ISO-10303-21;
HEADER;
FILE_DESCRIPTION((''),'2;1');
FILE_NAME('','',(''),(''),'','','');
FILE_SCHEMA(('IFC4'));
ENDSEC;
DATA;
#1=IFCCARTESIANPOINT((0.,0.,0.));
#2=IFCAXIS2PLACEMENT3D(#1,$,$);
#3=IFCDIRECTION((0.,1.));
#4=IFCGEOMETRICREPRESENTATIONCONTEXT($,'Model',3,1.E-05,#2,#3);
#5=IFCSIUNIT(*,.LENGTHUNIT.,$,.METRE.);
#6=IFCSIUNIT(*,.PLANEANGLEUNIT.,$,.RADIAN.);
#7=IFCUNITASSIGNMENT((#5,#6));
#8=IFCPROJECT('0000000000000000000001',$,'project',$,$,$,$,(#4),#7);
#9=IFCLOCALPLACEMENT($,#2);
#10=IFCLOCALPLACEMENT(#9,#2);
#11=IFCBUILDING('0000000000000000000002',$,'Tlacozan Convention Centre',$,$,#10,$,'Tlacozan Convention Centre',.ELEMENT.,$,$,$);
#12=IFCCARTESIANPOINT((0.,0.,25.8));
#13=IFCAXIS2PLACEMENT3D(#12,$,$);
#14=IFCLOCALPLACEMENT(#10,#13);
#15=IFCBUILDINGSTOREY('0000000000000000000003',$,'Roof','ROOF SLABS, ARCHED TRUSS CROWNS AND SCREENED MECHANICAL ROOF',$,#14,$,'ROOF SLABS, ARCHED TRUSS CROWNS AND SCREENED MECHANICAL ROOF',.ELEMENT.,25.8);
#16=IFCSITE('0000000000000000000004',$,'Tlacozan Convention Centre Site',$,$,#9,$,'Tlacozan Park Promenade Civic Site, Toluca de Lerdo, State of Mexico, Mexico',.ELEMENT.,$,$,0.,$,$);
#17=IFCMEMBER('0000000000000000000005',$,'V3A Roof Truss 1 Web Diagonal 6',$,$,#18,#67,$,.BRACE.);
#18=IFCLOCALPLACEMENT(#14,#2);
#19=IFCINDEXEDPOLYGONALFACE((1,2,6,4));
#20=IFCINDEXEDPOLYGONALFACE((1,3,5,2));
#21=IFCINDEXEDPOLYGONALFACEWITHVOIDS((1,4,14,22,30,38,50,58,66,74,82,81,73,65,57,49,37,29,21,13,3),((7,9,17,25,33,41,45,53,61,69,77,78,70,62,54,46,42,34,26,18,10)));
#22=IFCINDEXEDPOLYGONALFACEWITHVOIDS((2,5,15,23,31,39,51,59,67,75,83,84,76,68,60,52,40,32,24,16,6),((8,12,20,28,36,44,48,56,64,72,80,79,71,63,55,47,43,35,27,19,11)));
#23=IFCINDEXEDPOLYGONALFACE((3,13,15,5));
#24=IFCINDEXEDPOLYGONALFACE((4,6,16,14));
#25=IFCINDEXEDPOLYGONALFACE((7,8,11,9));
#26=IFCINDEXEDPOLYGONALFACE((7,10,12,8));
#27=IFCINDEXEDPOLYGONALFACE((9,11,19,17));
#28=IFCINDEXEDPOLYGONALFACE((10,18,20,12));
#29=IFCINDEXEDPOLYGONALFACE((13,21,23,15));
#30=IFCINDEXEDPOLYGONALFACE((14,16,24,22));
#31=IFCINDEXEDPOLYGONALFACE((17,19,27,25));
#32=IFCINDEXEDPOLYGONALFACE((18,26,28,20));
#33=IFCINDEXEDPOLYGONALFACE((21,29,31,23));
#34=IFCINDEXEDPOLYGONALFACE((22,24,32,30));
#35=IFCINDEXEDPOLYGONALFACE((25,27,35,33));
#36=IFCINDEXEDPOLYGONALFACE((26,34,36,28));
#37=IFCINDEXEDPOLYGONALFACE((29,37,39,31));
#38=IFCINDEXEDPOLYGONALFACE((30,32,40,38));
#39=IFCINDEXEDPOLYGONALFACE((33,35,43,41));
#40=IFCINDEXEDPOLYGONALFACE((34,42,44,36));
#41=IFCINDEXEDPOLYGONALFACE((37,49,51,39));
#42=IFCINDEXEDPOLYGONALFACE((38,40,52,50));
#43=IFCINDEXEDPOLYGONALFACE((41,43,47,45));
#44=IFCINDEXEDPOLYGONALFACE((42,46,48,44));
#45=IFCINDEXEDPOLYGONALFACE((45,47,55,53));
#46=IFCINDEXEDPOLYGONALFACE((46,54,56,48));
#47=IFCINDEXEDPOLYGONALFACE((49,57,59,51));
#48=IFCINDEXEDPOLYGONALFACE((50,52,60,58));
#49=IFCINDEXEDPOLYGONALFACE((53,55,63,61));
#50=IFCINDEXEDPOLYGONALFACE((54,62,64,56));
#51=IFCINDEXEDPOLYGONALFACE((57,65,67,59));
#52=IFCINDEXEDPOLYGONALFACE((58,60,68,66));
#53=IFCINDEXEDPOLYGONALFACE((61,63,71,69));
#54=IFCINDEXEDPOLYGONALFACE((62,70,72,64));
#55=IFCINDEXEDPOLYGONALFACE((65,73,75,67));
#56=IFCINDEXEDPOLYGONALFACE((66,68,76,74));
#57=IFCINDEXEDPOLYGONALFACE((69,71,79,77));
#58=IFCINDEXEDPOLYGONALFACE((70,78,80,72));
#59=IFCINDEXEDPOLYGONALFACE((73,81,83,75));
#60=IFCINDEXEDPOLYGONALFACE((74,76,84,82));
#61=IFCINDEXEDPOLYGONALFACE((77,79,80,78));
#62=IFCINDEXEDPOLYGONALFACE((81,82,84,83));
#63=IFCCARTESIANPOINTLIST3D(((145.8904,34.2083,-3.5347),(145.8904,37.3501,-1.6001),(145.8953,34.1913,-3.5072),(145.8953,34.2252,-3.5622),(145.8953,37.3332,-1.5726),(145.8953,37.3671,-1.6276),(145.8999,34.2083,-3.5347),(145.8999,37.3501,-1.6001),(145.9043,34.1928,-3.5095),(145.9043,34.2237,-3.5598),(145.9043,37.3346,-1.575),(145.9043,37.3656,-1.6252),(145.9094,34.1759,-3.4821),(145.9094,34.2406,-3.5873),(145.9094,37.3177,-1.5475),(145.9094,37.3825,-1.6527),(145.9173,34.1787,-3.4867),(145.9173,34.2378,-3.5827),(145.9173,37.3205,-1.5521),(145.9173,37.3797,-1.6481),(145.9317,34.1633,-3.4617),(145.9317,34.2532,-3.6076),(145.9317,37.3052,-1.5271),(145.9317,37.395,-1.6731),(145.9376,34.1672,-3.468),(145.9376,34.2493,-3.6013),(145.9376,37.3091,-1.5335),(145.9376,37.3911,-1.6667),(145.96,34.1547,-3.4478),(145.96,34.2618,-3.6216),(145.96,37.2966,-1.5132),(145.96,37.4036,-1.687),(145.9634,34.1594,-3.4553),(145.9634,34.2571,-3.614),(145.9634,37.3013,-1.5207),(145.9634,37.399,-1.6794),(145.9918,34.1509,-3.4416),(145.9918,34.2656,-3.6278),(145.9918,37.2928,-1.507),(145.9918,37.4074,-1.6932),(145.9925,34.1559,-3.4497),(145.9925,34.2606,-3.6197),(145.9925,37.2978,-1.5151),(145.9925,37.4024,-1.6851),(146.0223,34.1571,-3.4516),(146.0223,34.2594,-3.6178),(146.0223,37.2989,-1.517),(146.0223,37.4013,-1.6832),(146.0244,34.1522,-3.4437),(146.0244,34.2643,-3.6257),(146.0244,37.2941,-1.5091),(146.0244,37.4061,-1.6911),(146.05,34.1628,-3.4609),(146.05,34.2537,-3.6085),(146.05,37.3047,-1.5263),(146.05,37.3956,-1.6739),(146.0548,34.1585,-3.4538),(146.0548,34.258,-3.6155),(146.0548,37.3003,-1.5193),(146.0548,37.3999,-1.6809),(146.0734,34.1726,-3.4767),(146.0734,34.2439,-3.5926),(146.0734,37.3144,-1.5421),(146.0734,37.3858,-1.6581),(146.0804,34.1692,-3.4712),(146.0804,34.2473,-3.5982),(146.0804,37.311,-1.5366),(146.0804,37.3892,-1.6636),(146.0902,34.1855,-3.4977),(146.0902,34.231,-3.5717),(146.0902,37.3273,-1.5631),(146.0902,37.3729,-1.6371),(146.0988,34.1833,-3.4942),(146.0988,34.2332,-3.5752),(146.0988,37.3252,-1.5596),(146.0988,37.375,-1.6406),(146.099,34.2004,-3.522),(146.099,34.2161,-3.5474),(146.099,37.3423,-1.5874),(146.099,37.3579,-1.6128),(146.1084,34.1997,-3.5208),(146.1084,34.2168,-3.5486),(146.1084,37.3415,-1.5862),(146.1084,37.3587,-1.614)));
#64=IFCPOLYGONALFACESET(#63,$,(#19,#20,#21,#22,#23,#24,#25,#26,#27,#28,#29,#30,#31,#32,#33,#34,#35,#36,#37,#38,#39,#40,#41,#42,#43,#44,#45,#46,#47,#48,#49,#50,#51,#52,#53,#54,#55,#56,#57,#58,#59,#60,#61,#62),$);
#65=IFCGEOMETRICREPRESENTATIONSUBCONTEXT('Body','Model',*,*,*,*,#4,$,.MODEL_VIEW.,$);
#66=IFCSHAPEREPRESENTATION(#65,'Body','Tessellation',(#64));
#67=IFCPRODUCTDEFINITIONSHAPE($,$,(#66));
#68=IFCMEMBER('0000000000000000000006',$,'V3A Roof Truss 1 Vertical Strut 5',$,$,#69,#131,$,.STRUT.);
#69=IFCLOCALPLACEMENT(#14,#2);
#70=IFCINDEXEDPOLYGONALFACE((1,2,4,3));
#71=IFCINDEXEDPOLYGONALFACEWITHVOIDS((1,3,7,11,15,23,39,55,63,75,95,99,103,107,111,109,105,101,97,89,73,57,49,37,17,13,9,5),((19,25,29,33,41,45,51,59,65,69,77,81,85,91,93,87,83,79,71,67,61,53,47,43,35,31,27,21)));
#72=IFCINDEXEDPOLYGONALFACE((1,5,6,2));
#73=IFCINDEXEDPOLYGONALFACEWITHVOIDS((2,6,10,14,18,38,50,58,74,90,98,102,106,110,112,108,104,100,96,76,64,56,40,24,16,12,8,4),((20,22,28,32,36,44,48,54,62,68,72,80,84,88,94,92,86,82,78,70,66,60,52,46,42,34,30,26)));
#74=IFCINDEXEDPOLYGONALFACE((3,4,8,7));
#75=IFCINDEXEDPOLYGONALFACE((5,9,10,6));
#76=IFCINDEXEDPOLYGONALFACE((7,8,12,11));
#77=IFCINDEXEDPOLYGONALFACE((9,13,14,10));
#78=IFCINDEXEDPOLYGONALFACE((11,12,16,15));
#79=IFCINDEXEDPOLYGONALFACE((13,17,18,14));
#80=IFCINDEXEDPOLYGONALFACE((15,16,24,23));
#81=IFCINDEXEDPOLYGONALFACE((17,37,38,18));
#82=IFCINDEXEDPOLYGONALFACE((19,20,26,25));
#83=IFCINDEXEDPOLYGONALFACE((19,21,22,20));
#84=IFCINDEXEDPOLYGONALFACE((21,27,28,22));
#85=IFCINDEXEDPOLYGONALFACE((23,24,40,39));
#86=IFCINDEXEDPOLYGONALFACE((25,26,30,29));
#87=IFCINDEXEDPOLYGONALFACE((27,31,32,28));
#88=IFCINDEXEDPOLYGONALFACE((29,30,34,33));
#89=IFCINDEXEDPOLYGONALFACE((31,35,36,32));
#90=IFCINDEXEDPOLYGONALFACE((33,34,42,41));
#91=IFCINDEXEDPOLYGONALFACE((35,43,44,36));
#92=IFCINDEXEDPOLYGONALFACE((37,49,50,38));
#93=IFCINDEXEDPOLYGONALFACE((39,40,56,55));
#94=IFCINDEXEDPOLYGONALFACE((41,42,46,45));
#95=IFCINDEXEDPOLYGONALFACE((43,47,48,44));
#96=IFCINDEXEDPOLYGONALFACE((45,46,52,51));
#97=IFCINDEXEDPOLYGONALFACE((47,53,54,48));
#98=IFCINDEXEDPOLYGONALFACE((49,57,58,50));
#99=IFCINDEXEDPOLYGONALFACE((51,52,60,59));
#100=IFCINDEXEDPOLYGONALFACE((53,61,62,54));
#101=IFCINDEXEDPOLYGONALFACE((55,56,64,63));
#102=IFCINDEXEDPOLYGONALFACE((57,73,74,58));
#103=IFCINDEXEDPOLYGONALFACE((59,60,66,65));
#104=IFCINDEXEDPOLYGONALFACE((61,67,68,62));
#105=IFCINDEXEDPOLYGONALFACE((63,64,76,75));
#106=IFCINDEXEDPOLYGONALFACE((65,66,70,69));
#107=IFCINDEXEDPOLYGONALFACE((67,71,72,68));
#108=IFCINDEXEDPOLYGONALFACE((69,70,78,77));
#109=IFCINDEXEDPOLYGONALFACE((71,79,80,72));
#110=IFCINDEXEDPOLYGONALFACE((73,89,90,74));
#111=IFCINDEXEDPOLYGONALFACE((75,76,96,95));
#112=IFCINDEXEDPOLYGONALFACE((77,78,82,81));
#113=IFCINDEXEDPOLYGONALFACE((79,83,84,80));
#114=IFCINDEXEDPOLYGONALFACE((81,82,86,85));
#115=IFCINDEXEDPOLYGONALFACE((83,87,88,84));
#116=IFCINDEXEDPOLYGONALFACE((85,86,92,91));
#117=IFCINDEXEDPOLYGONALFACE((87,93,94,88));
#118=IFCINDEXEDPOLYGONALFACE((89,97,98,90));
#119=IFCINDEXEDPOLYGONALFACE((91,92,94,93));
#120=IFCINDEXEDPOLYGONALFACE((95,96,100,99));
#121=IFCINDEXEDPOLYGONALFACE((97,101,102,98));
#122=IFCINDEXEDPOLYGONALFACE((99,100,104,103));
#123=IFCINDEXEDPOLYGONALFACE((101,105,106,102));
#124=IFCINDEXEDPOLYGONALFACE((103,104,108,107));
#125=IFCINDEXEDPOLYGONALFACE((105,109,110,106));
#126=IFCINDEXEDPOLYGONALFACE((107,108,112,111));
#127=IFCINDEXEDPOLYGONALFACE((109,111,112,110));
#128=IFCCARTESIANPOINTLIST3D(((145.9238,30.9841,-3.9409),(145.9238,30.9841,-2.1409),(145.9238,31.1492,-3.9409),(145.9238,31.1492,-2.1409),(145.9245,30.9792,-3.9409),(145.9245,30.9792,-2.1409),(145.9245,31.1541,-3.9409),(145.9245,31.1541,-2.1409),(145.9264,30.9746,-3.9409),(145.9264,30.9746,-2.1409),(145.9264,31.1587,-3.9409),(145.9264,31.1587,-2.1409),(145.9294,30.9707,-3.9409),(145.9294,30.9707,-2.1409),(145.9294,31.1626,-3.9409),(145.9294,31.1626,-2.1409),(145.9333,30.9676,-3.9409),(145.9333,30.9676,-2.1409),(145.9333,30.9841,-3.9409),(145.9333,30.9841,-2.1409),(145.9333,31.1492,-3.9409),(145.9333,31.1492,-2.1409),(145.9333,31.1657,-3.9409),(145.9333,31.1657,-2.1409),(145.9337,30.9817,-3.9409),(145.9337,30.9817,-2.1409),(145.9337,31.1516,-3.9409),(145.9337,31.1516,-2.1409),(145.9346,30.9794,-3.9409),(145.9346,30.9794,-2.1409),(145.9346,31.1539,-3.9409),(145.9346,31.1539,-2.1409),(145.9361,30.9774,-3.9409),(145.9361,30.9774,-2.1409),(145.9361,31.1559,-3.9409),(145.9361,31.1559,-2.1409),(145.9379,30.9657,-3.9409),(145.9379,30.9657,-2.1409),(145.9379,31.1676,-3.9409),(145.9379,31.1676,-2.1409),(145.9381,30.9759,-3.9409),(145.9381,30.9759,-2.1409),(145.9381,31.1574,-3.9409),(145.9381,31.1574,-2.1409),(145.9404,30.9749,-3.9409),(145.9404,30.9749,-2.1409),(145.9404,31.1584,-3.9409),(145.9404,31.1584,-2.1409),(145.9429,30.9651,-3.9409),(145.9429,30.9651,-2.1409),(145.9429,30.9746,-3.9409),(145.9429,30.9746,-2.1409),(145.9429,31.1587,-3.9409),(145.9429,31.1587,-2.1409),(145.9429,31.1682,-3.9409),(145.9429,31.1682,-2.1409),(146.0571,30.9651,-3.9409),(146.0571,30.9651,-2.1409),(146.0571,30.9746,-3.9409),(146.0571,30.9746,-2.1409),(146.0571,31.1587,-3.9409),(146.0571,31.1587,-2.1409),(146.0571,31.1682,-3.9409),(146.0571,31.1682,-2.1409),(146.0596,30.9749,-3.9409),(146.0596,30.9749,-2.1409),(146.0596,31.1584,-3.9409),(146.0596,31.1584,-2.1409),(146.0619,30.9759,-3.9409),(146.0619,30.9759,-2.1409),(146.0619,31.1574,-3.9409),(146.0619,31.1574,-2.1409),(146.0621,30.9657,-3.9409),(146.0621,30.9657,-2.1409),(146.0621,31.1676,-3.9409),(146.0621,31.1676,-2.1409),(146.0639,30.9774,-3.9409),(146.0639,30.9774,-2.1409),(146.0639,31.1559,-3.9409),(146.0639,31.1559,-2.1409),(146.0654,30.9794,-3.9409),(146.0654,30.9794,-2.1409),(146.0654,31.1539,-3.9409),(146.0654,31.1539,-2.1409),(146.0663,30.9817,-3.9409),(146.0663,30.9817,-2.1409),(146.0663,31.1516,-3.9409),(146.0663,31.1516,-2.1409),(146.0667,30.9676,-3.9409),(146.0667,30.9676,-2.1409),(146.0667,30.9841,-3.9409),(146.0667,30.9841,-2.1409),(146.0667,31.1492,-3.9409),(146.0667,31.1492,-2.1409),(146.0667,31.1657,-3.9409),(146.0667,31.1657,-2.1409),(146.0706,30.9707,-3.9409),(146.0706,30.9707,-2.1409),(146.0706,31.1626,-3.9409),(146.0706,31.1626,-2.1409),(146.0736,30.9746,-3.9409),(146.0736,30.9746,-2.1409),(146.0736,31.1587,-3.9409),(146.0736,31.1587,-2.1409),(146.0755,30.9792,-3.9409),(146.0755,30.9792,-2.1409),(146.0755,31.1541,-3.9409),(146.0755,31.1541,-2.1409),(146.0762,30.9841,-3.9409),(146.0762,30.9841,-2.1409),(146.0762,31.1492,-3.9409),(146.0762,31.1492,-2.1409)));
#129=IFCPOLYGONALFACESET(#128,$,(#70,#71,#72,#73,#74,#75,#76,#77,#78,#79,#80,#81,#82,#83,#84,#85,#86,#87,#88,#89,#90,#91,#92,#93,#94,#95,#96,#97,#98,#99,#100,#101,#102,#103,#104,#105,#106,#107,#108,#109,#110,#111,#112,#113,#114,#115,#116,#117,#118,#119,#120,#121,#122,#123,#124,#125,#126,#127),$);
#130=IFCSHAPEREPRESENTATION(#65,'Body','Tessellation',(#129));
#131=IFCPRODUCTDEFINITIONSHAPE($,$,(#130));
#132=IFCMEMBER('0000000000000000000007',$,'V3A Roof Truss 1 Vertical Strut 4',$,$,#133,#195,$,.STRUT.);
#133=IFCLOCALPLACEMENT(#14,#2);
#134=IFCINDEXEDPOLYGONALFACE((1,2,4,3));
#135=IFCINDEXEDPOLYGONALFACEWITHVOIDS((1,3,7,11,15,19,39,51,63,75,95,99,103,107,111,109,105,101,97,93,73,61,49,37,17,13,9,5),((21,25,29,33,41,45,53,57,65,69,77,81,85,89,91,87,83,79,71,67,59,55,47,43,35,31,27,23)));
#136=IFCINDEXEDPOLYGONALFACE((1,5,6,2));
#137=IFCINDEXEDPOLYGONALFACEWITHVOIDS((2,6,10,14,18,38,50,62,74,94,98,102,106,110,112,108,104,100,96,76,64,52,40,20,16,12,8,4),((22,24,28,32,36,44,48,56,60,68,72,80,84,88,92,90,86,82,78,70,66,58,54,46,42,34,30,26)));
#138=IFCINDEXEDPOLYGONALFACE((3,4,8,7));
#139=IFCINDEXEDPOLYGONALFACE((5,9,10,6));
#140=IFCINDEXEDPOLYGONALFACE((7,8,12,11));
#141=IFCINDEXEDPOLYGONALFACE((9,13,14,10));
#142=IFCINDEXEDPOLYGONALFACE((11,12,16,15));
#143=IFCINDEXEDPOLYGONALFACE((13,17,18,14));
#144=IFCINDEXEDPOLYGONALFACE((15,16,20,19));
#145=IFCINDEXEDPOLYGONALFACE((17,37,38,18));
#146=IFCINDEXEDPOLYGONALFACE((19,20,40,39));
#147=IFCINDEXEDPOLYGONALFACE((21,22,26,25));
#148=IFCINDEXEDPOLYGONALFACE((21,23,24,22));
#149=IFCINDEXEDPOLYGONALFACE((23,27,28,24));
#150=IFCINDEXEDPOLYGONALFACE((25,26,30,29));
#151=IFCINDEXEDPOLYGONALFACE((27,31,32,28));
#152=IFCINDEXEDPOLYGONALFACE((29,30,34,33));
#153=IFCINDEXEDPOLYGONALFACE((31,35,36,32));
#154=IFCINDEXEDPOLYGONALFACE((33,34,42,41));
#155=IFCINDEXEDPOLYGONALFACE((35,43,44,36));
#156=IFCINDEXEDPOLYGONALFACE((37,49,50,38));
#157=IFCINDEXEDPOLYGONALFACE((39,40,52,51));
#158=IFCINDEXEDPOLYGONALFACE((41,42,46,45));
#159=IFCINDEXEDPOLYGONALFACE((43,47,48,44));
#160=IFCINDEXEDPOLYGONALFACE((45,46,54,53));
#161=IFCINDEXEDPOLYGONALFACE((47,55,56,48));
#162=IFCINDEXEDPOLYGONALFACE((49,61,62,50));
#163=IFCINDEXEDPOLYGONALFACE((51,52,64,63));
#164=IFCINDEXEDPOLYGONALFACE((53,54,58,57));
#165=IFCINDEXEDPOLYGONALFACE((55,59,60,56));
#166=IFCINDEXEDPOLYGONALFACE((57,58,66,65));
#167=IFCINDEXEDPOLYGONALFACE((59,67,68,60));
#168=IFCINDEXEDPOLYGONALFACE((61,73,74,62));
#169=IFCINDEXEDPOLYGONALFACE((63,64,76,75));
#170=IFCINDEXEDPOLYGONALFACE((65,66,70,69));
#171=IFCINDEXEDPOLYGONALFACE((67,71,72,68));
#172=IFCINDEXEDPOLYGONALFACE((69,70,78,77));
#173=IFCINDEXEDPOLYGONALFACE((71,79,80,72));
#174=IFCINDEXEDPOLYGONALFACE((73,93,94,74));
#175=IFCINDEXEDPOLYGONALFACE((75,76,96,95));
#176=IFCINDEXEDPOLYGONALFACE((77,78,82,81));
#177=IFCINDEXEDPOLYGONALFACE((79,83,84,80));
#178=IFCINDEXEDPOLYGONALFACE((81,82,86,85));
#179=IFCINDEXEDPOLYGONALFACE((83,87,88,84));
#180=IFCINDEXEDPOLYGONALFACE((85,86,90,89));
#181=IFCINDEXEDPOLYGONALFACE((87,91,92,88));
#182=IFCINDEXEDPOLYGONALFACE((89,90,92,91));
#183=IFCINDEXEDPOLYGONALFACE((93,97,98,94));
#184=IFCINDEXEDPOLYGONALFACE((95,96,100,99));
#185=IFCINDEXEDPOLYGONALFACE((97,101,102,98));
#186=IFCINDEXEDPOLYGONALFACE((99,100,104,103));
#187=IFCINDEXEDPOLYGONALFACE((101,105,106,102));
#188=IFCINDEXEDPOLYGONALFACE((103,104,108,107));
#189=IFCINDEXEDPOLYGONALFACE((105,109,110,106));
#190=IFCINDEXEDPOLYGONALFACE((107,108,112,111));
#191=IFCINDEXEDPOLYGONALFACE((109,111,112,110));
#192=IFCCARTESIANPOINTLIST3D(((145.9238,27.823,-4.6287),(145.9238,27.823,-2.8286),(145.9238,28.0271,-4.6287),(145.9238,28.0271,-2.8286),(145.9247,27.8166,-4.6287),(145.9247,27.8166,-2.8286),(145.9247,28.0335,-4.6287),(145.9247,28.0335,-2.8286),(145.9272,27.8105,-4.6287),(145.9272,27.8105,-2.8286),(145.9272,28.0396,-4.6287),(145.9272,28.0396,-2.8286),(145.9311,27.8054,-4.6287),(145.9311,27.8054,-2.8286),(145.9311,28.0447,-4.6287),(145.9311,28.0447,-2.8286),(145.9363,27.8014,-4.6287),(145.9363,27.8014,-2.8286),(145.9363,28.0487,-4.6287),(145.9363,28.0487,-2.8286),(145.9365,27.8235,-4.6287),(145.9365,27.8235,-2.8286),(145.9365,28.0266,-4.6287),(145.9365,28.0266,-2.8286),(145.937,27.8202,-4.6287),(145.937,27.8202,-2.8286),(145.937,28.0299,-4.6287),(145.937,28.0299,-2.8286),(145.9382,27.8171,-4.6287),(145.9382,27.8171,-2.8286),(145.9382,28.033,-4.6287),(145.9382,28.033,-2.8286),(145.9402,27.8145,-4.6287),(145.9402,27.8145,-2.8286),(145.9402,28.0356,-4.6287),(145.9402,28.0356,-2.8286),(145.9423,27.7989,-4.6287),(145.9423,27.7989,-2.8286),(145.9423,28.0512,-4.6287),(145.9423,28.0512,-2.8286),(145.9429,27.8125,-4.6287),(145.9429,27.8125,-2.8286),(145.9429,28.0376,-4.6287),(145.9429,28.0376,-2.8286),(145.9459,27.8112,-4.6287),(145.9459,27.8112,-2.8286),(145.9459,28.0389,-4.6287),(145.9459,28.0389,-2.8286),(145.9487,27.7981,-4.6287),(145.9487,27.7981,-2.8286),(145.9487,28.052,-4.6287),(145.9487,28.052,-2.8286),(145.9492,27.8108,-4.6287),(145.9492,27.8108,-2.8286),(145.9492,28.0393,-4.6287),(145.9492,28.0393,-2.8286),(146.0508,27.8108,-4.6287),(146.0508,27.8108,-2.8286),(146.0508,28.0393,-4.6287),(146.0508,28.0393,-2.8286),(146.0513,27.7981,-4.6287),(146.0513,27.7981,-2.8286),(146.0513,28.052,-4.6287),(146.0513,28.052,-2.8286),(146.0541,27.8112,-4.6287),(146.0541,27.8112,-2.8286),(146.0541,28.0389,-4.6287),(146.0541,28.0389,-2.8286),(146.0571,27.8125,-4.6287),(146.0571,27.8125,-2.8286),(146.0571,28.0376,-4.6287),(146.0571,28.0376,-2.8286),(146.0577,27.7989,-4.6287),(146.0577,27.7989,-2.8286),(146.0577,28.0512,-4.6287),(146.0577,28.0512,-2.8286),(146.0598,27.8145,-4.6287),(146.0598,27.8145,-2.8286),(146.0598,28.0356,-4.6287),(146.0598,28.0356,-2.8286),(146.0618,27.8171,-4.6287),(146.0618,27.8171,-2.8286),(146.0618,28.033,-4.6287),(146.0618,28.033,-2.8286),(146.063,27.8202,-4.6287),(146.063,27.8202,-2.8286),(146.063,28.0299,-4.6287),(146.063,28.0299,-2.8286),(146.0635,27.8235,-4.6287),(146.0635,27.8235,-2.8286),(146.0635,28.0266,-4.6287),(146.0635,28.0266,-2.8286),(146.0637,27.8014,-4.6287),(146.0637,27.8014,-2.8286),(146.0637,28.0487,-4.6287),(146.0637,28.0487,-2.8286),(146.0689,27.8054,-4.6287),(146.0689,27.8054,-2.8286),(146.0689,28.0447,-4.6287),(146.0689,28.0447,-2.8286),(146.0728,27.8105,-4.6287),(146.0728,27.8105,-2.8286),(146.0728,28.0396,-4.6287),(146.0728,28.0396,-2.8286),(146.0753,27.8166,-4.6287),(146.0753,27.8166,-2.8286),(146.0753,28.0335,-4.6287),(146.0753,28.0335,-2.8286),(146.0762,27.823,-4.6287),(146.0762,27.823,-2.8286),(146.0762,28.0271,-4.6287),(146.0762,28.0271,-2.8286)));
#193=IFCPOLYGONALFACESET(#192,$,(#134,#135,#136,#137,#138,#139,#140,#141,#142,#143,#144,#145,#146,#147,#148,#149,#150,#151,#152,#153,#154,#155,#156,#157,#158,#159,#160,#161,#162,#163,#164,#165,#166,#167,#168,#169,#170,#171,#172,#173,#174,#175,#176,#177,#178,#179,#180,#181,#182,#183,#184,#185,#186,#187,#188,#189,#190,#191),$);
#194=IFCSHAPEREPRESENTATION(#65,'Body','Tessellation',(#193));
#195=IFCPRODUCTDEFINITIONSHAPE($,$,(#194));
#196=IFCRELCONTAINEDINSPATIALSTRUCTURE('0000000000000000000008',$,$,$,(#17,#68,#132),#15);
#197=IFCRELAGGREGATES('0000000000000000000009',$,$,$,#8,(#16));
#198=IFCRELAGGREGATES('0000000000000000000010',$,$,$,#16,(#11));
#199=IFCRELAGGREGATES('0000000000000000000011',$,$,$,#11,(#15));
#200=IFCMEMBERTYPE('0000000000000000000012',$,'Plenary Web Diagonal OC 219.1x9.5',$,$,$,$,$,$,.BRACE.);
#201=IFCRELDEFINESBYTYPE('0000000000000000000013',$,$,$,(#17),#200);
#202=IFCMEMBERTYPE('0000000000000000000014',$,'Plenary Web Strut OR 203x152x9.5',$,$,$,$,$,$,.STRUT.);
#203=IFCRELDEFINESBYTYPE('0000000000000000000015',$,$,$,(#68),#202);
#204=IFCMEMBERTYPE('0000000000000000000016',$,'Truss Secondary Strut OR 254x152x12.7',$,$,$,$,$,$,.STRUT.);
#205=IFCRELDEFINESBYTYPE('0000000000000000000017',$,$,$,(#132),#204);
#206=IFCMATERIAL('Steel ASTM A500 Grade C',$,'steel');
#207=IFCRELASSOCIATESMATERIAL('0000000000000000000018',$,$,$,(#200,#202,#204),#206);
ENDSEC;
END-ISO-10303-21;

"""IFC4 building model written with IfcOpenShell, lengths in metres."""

from ifc_helpers import new_model, si_unit, direction, frame, origin, origin_2d, place, context, subcontext, project, spatial, hollow_rectangle, hollow_circle, extrude, material, material_profile, profile_set, type_object, element, save


model = new_model("IFC4")

# Units and contexts
model_context = context("Model", 3, precision=1e-05, world=origin(), true_north=direction((0.0, 1.0)))
body_context = subcontext(model_context, "Body", "Model", "MODEL_VIEW")
ifc_project = project(units=[si_unit("LENGTHUNIT", "METRE"), si_unit("PLANEANGLEUNIT", "RADIAN")], contexts=[model_context])

# Site, building, storey
site_placement = place(None, origin())
site = spatial("IfcSite", under=ifc_project, at=site_placement, Name="Tlacozan Convention Centre Site", LongName="Tlacozan Park Promenade Civic Site, Toluca de Lerdo, State of Mexico, Mexico", CompositionType="ELEMENT", RefElevation=0.0)
building_placement = place(site_placement, origin())
building = spatial("IfcBuilding", under=site, at=building_placement, Name="Tlacozan Convention Centre", LongName="Tlacozan Convention Centre", CompositionType="ELEMENT")
storey_placement = place(building_placement, frame((0.0, 0.0, 25.8)))
storey = spatial("IfcBuildingStorey", under=building, at=storey_placement, Name="Roof", Description="ROOF SLABS, ARCHED TRUSS CROWNS AND SCREENED MECHANICAL ROOF", LongName="ROOF SLABS, ARCHED TRUSS CROWNS AND SCREENED MECHANICAL ROOF", CompositionType="ELEMENT", Elevation=25.8)

# Members
ifc_material_1 = material(Name="Steel ASTM A500 Grade C", Category="steel")
ifc_material_profile_1 = material_profile(ifc_material_1, hollow_circle(Radius=0.1096, WallThickness=0.0095, at=origin_2d()), Name="OC 219.1x9.5")
ifc_profile_set_1 = profile_set([ifc_material_profile_1], Name="Steel ASTM A500 Grade C")
member_type_1 = type_object("IfcMemberType", Name="Plenary Web Diagonal OC 219.1x9.5", PredefinedType="BRACE", material=ifc_profile_set_1)
member_1_placement = place(storey_placement, frame((146.0, 34.2083, -3.5347), z_axis=(0.0, 0.851522, 0.524319), x_axis=(-1.0, 0.0, 0.0)))
element("IfcMember", 1, at=member_1_placement, inside=storey, type_object=member_type_1, Name="V3A Roof Truss 1 Web Diagonal 6", PredefinedType="BRACE", context=body_context, shape_type="SweptSolid", body=[
    extrude(hollow_circle(Radius=0.1096, WallThickness=0.0095, at=origin_2d()), origin(), (0.0, 0.0, 1.0), 3.6897),
])
ifc_material_profile_2 = material_profile(ifc_material_1, hollow_rectangle(XDim=0.1523, YDim=0.2031, WallThickness=0.0095, InnerFilletRadius=0.0095, OuterFilletRadius=0.019, at=origin_2d()), Name="OR 203x152x9.5")
ifc_profile_set_2 = profile_set([ifc_material_profile_2], Name="Steel ASTM A500 Grade C")
member_type_2 = type_object("IfcMemberType", Name="Plenary Web Strut OR 203x152x9.5", PredefinedType="STRUT", material=ifc_profile_set_2)
member_2_placement = place(storey_placement, frame((146.0, 31.0667, -3.9409), z_axis=(0.0, 0.0, 1.0), x_axis=(1.0, 0.0, 0.0)))
element("IfcMember", 2, at=member_2_placement, inside=storey, type_object=member_type_2, Name="V3A Roof Truss 1 Vertical Strut 5", PredefinedType="STRUT", context=body_context, shape_type="SweptSolid", body=[
    extrude(hollow_rectangle(XDim=0.1523, YDim=0.2031, WallThickness=0.0095, InnerFilletRadius=0.0095, OuterFilletRadius=0.019, at=origin_2d()), origin(), (0.0, 0.0, 1.0), 1.8),
])
ifc_material_profile_3 = material_profile(ifc_material_1, hollow_rectangle(XDim=0.1523, YDim=0.2539, WallThickness=0.0127, InnerFilletRadius=0.0127, OuterFilletRadius=0.0249, at=origin_2d()), Name="OR 254x152x12.7")
ifc_profile_set_3 = profile_set([ifc_material_profile_3], Name="Steel ASTM A500 Grade C")
member_type_3 = type_object("IfcMemberType", Name="Truss Secondary Strut OR 254x152x12.7", PredefinedType="STRUT", material=ifc_profile_set_3)
for number, where, z_axis, x_axis, name in (
    (3, (146.0, 27.925, -4.6287), (0.0, 0.0, 1.0), (1.0, 0.0, 0.0), "V3A Roof Truss 1 Vertical Strut 4"),
):
    element("IfcMember", number, at=place(storey_placement, frame(where, z_axis=z_axis, x_axis=x_axis)), inside=storey, type_object=member_type_3, Name=name, PredefinedType="STRUT", context=body_context, shape_type="SweptSolid", body=[
        extrude(hollow_rectangle(XDim=0.1523, YDim=0.2539, WallThickness=0.0127, InnerFilletRadius=0.0127, OuterFilletRadius=0.0249, at=origin_2d()), origin(), (0.0, 0.0, 1.0), 1.8),
    ])

save(model, "model.ifc")
